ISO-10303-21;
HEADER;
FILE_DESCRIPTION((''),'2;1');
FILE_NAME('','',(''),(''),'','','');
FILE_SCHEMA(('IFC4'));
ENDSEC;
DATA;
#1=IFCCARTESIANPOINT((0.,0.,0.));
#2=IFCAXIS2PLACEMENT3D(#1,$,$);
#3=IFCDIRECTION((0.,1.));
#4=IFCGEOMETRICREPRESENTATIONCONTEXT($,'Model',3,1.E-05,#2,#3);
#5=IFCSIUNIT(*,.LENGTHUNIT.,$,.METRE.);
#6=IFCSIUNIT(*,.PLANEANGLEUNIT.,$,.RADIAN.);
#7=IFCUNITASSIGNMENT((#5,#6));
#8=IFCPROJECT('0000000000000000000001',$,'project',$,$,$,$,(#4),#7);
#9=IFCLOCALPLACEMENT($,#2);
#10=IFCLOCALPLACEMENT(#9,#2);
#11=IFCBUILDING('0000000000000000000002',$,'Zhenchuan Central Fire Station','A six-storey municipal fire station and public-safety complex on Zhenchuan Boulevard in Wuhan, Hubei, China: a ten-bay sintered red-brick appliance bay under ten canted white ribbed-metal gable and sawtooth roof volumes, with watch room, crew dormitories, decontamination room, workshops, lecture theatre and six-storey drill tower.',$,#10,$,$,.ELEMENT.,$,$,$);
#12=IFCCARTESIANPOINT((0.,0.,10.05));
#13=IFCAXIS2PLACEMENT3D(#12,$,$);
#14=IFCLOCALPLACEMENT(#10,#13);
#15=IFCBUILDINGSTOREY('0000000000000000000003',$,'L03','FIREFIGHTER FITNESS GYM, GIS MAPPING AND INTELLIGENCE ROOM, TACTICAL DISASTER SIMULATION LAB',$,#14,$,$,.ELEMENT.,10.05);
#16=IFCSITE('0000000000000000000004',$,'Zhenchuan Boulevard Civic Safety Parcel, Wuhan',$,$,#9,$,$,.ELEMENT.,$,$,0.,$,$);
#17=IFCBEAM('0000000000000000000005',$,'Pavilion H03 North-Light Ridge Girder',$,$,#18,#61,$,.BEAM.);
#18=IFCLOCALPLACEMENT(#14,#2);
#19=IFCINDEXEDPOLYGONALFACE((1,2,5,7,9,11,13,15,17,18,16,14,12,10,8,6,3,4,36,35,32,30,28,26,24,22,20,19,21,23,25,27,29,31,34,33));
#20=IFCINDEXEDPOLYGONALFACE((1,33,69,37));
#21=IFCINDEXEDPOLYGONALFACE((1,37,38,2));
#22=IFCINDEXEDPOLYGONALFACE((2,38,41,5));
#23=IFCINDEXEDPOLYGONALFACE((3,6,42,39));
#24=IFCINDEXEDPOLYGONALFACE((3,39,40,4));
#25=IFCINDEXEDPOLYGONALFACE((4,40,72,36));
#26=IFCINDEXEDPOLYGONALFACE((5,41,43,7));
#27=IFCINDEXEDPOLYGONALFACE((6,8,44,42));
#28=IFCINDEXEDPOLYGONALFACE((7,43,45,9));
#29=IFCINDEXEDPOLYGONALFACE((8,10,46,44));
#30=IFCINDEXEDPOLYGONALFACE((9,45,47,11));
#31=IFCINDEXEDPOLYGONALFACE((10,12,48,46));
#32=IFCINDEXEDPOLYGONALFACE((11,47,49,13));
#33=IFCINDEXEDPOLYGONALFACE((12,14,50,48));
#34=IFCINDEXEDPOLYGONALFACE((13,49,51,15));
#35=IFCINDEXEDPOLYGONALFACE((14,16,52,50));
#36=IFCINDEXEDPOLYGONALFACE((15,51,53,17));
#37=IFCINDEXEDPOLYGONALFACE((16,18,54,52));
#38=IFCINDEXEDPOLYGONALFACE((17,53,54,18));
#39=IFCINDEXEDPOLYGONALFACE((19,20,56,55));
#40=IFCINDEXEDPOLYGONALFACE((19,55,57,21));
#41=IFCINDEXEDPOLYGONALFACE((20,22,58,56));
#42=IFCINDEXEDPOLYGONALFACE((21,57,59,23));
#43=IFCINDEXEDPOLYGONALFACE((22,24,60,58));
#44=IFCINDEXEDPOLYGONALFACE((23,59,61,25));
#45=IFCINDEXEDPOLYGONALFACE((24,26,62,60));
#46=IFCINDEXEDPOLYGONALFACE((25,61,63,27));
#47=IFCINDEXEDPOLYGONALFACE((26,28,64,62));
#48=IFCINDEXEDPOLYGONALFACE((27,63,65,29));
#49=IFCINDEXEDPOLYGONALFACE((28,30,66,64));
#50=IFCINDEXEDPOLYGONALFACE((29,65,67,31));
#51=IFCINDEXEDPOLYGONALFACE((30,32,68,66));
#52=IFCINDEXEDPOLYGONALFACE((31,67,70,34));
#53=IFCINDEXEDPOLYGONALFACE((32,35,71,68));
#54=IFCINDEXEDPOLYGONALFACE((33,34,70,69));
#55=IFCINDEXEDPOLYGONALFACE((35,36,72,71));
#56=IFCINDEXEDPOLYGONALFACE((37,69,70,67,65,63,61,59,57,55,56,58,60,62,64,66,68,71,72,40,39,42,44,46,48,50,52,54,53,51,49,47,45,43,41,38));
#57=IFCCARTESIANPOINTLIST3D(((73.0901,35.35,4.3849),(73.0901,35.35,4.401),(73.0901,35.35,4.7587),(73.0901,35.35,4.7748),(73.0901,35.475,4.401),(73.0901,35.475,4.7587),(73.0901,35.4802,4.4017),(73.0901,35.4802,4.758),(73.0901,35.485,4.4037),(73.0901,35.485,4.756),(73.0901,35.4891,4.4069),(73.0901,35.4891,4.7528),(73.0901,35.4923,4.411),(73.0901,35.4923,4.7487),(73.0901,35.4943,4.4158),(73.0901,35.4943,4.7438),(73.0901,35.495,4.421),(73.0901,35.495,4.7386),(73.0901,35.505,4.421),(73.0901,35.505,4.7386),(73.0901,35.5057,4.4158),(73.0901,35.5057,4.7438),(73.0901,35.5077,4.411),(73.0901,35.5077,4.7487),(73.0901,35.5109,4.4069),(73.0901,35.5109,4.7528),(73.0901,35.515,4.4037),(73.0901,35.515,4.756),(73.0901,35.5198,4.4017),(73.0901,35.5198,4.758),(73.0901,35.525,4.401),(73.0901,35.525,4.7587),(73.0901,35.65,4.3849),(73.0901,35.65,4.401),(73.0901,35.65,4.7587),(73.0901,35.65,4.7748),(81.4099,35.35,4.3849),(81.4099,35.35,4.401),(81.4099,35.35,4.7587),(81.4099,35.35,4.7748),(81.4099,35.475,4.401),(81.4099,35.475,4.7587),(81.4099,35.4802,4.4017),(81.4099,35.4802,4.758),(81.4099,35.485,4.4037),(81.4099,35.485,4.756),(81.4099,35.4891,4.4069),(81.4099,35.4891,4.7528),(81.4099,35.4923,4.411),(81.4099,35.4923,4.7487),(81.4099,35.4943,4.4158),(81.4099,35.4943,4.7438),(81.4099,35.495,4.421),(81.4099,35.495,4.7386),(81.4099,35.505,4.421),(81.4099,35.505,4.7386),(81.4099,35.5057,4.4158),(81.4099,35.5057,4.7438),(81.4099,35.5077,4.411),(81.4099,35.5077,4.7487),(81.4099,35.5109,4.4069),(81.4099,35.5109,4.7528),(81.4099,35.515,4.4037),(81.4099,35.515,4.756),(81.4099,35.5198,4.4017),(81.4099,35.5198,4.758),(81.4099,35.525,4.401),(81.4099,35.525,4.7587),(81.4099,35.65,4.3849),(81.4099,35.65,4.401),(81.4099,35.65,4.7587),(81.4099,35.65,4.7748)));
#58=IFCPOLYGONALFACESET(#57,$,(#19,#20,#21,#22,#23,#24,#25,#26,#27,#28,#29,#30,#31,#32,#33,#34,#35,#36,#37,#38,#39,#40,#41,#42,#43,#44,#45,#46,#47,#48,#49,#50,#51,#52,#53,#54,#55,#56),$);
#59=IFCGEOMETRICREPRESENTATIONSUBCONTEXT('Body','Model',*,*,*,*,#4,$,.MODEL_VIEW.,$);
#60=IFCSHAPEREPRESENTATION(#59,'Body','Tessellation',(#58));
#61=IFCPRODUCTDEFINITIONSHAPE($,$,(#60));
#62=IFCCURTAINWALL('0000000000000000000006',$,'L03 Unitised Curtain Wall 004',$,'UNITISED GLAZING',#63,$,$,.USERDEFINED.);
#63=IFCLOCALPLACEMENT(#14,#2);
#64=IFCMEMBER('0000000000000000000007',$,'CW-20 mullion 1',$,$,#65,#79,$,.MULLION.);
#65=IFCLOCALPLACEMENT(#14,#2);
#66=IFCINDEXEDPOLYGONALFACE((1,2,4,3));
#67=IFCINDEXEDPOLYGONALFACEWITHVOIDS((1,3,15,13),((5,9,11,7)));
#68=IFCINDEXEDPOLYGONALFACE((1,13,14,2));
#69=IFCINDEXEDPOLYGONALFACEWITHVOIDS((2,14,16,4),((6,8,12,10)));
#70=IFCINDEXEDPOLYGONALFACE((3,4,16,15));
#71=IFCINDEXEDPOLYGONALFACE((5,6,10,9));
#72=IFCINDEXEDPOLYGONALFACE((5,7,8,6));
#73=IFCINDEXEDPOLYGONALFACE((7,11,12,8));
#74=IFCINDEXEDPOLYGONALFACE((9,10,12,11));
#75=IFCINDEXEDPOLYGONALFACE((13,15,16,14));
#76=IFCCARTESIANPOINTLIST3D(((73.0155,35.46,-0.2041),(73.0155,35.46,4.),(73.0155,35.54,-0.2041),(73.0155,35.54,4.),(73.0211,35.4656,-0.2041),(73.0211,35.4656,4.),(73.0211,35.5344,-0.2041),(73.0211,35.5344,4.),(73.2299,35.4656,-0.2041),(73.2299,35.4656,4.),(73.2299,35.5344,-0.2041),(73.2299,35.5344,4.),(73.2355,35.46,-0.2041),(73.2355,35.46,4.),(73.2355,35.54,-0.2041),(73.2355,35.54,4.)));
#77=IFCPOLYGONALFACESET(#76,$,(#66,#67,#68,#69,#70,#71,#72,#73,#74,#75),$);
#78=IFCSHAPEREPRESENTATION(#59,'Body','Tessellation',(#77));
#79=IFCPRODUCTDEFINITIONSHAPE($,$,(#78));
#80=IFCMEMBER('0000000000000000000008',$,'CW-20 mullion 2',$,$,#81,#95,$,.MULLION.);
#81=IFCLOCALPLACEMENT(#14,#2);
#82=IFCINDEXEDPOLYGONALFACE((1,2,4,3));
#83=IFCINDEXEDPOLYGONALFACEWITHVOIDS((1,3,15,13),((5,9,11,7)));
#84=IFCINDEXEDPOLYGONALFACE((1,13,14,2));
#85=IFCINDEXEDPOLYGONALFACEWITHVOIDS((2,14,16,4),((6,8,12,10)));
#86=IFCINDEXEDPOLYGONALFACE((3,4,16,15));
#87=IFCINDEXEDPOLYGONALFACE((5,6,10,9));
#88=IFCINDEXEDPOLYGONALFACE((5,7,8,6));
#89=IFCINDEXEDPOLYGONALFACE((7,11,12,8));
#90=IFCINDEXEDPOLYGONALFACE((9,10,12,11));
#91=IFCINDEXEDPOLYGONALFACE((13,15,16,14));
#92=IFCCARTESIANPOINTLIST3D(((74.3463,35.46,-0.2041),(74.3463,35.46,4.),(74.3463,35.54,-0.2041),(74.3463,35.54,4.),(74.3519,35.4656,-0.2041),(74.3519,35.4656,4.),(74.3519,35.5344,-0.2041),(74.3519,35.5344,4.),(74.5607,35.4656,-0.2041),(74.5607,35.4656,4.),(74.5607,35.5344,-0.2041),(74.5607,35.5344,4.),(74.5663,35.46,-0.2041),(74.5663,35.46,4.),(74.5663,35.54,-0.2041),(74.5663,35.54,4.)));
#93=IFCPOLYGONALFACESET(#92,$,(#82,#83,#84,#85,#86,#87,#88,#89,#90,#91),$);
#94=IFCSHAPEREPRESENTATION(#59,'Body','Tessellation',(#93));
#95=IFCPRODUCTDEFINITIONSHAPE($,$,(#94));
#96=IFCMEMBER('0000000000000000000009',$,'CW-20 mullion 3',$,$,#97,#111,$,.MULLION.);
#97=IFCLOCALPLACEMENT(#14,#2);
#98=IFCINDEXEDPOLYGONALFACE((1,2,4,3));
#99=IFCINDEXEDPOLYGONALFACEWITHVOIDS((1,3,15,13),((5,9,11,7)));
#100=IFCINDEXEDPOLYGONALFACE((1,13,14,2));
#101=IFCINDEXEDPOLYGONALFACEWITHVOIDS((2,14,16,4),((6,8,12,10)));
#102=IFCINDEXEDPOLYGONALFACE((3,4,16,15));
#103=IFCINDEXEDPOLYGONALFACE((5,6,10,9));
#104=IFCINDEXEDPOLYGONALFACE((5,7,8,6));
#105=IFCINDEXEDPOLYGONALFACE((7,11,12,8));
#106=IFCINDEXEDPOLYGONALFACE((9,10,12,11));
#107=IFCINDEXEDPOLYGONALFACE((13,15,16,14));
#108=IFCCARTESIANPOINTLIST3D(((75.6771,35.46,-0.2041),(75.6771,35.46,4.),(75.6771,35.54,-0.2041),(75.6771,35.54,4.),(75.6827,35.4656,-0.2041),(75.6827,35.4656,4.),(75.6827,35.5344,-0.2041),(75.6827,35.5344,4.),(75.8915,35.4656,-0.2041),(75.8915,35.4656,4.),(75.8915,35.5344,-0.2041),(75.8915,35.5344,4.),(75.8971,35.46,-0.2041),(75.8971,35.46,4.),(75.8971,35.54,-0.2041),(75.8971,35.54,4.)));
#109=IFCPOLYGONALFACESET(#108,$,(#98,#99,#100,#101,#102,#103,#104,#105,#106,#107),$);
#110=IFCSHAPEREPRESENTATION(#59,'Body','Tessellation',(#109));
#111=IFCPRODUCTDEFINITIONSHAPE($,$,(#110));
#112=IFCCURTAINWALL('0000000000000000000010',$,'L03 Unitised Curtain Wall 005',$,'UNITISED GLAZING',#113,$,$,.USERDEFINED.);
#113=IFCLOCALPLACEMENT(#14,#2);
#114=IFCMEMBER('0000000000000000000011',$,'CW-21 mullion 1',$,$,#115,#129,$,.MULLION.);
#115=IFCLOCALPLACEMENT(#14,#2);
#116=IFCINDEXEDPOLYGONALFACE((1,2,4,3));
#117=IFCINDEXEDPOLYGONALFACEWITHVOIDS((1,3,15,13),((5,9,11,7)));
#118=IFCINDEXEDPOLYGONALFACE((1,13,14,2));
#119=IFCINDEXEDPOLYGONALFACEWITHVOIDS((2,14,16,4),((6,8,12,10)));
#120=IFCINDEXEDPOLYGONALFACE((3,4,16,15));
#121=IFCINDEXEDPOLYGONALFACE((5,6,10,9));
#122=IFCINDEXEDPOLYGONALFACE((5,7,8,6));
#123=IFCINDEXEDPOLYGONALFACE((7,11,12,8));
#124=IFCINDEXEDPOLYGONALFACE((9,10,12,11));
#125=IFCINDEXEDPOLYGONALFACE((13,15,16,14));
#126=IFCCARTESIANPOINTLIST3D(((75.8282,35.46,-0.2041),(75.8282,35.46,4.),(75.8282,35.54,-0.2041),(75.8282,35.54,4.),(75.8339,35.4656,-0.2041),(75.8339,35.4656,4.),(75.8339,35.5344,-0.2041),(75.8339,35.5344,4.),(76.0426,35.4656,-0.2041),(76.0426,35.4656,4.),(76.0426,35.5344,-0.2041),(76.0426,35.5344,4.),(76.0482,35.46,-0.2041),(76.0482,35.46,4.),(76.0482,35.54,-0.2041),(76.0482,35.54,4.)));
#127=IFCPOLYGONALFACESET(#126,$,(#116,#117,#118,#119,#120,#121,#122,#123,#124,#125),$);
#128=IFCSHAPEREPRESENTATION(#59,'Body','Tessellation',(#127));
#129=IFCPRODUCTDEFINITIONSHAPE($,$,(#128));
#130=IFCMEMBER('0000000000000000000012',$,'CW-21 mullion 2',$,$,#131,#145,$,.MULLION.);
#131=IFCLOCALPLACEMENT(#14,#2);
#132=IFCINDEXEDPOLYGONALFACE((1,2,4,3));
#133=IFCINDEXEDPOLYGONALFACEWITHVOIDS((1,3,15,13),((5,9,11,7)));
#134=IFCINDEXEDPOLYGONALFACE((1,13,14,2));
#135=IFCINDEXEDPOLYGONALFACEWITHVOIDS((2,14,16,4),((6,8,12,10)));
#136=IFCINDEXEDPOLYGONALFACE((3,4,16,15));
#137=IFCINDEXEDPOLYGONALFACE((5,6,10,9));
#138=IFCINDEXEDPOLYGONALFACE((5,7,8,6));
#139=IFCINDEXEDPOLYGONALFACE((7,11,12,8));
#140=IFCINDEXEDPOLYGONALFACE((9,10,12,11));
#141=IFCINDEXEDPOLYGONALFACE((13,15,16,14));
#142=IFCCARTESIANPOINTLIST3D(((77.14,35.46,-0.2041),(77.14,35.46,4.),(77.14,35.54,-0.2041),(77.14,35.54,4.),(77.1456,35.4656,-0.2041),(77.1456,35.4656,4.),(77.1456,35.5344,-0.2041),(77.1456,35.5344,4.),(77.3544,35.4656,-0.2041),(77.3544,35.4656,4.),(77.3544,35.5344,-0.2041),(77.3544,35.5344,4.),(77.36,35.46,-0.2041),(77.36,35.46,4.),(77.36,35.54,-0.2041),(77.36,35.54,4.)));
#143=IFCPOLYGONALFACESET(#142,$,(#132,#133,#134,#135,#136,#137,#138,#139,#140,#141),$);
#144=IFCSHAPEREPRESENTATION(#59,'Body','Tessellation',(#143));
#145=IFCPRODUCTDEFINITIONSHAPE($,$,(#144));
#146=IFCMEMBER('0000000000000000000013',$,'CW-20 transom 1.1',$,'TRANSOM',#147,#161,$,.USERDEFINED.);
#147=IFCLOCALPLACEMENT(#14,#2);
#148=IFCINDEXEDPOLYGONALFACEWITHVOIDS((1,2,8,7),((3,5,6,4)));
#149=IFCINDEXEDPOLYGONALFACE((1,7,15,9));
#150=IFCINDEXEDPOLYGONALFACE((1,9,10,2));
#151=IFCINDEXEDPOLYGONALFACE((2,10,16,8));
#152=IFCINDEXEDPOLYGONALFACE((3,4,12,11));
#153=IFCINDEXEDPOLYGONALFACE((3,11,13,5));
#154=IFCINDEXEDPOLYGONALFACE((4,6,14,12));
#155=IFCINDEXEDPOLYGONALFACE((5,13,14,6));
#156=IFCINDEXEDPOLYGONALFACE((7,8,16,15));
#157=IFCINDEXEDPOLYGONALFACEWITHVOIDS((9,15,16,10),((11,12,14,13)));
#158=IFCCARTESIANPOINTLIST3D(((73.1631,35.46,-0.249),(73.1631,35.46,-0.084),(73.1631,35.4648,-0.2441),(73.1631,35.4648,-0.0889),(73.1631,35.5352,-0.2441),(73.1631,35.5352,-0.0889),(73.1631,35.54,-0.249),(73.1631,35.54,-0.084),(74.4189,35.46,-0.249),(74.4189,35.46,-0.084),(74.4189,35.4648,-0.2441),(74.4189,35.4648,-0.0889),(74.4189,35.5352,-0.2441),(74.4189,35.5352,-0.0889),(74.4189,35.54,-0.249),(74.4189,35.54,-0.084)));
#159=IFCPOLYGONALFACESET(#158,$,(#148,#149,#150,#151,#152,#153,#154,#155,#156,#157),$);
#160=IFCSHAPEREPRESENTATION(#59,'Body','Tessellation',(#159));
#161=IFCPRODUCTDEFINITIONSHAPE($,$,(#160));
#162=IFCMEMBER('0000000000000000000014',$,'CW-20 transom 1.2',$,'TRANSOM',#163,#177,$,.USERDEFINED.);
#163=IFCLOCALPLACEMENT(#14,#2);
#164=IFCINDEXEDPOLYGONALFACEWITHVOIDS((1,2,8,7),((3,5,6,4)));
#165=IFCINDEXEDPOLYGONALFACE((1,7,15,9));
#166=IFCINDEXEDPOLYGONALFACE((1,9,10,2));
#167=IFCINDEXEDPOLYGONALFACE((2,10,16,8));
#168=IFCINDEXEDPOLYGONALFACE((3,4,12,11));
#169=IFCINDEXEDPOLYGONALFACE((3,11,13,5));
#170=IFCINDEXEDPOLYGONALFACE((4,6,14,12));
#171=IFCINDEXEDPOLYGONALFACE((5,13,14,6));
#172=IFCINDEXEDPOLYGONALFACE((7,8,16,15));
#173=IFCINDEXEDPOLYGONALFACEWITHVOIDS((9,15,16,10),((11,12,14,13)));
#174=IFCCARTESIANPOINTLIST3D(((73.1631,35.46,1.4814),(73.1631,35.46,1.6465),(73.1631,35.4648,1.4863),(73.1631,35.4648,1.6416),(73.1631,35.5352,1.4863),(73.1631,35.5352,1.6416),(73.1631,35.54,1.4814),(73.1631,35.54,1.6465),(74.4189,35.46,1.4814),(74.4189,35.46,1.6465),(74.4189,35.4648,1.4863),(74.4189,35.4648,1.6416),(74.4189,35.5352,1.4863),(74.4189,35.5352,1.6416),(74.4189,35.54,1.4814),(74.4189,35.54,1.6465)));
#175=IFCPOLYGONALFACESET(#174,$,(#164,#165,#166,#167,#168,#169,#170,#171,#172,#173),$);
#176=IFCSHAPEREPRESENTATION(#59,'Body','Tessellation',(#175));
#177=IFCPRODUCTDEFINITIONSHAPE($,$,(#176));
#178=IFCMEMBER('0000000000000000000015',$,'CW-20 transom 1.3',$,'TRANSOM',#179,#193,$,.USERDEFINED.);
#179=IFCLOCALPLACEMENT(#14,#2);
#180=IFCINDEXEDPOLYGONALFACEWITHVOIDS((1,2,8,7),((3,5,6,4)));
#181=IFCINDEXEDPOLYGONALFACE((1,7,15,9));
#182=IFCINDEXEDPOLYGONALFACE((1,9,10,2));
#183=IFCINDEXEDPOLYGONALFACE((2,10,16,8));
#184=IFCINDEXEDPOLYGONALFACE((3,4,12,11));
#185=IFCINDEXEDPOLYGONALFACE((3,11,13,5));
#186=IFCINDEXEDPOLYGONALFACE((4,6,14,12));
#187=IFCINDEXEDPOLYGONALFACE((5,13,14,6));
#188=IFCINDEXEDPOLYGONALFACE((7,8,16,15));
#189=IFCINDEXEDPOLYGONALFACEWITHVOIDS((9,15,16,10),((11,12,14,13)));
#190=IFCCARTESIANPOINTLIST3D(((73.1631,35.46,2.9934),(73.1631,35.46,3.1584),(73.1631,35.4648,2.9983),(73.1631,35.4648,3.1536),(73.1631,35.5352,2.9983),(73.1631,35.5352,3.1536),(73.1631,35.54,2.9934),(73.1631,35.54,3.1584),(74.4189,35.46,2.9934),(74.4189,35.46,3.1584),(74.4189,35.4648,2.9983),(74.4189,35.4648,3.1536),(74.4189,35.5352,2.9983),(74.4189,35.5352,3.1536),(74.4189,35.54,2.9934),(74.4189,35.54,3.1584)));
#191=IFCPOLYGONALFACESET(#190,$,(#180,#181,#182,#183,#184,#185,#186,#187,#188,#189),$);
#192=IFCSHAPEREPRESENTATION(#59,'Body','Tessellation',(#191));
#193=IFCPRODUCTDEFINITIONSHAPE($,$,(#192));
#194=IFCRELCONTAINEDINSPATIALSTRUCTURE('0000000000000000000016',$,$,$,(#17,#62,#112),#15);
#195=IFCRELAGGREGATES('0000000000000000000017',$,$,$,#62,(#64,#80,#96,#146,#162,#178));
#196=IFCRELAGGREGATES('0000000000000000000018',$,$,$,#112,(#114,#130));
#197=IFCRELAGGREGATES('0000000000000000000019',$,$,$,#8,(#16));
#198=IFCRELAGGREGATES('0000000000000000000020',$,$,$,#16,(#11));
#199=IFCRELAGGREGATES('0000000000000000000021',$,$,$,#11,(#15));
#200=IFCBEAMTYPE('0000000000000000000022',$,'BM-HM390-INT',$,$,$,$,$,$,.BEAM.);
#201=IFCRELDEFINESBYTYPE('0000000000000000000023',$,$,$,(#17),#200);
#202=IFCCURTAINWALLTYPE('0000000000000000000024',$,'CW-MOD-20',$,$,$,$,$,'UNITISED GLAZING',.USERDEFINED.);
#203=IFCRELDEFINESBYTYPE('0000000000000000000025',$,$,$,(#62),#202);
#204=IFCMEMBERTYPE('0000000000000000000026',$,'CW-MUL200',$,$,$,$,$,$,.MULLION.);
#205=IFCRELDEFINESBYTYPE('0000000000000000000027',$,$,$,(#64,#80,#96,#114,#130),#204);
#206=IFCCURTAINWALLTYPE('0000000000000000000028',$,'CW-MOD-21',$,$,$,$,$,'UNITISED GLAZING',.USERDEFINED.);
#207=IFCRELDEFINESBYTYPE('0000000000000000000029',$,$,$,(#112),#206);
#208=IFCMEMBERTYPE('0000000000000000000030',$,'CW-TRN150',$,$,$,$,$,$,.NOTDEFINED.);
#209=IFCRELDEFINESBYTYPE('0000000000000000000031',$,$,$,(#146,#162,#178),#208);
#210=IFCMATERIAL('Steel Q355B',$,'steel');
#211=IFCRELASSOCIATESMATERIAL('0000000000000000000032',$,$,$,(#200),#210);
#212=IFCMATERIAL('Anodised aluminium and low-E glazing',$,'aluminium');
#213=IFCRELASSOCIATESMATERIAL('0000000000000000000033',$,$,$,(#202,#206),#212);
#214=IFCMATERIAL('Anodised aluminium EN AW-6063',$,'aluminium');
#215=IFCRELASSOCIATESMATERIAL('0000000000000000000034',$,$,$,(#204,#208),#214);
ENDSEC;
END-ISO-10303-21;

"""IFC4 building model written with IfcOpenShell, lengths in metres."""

from ifc_helpers import new_model, si_unit, direction, frame, origin, origin_2d, place, context, subcontext, project, spatial, hollow_rectangle, i_section, extrude, material, material_profile, profile_set, type_object, element, aggregate, save


model = new_model("IFC4")

# Units and contexts
model_context = context("Model", 3, precision=1e-05, world=origin(), true_north=direction((0.0, 1.0)))
body_context = subcontext(model_context, "Body", "Model", "MODEL_VIEW")
ifc_project = project(units=[si_unit("LENGTHUNIT", "METRE"), si_unit("PLANEANGLEUNIT", "RADIAN")], contexts=[model_context])

# Site, building, storey
site_placement = place(None, origin())
site = spatial("IfcSite", under=ifc_project, at=site_placement, Name="Zhenchuan Boulevard Civic Safety Parcel, Wuhan", CompositionType="ELEMENT", RefElevation=0.0)
building_placement = place(site_placement, origin())
building = spatial("IfcBuilding", under=site, at=building_placement, Name="Zhenchuan Central Fire Station", Description="A six-storey municipal fire station and public-safety complex on Zhenchuan Boulevard in Wuhan, Hubei, China: a ten-bay sintered red-brick appliance bay under ten canted white ribbed-metal gable and sawtooth roof volumes, with watch room, crew dormitories, decontamination room, workshops, lecture theatre and six-storey drill tower.", CompositionType="ELEMENT")
storey_placement = place(building_placement, frame((0.0, 0.0, 10.05)))
storey = spatial("IfcBuildingStorey", under=building, at=storey_placement, Name="L03", Description="FIREFIGHTER FITNESS GYM, GIS MAPPING AND INTELLIGENCE ROOM, TACTICAL DISASTER SIMULATION LAB", CompositionType="ELEMENT", Elevation=10.05)

# Beam
ifc_material_1 = material(Name="Steel Q355B", Category="steel")
ifc_material_profile_1 = material_profile(ifc_material_1, i_section(OverallWidth=0.3, OverallDepth=0.3899, WebThickness=0.01, FlangeThickness=0.0161, FilletRadius=0.02, at=origin_2d()), Name="HM 390x300")
ifc_profile_set_1 = profile_set([ifc_material_profile_1], Name="Steel Q355B")
beam_type = type_object("IfcBeamType", Name="BM-HM390-INT", PredefinedType="BEAM", material=ifc_profile_set_1)
beam_placement = place(storey_placement, frame((73.0901, 35.5, 4.5798), z_axis=(1.0, 0.0, 0.0), x_axis=(0.0, 1.0, 0.0)))
element("IfcBeam", 1, at=beam_placement, inside=storey, type_object=beam_type, Name="Pavilion H03 North-Light Ridge Girder", PredefinedType="BEAM", context=body_context, shape_type="SweptSolid", body=[
    extrude(i_section(OverallWidth=0.3, OverallDepth=0.3899, WebThickness=0.01, FlangeThickness=0.0161, FilletRadius=0.02, at=origin_2d()), origin(), (0.0, 0.0, 1.0), 8.3198),
])

# Curtain walls, members
ifc_material_2 = material(Name="Anodised aluminium and low-E glazing", Category="aluminium")
curtain_wall_type_1 = type_object("IfcCurtainWallType", Name="CW-MOD-20", ElementType="UNITISED GLAZING", PredefinedType="USERDEFINED", material=ifc_material_2)
curtain_wall_1_placement = place(storey_placement, origin())
curtain_wall_1 = element("IfcCurtainWall", 2, at=curtain_wall_1_placement, inside=storey, type_object=curtain_wall_type_1, Name="L03 Unitised Curtain Wall 004", ObjectType="UNITISED GLAZING", PredefinedType="USERDEFINED")
ifc_material_3 = material(Name="Anodised aluminium EN AW-6063", Category="aluminium")
ifc_material_profile_2 = material_profile(ifc_material_3, hollow_rectangle(XDim=0.0801, YDim=0.22, WallThickness=0.0056, at=origin_2d()), Name="ALU-M 220x80")
ifc_profile_set_2 = profile_set([ifc_material_profile_2], Name="Anodised aluminium EN AW-6063")
member_type_1 = type_object("IfcMemberType", Name="CW-MUL200", PredefinedType="MULLION", material=ifc_profile_set_2)
member_1_placement = place(storey_placement, frame((73.1255, 35.5, -0.2041), z_axis=(0.0, 0.0, 1.0), x_axis=(0.0, 1.0, 0.0)))
member_1 = element("IfcMember", 3, at=member_1_placement, type_object=member_type_1, Name="CW-20 mullion 1", PredefinedType="MULLION", context=body_context, shape_type="SweptSolid", body=[
    extrude(hollow_rectangle(XDim=0.0801, YDim=0.22, WallThickness=0.0056, at=origin_2d()), origin(), (0.0, 0.0, 1.0), 4.2041),
])
member_2_placement = place(storey_placement, frame((74.4563, 35.5, -0.2041), z_axis=(0.0, 0.0, 1.0), x_axis=(0.0, 1.0, 0.0)))
member_2 = element("IfcMember", 4, at=member_2_placement, type_object=member_type_1, Name="CW-20 mullion 2", PredefinedType="MULLION", context=body_context, shape_type="SweptSolid", body=[
    extrude(hollow_rectangle(XDim=0.0801, YDim=0.22, WallThickness=0.0056, at=origin_2d()), origin(), (0.0, 0.0, 1.0), 4.2041),
])
member_3_placement = place(storey_placement, frame((75.7871, 35.5, -0.2041), z_axis=(0.0, 0.0, 1.0), x_axis=(0.0, 1.0, 0.0)))
member_3 = element("IfcMember", 5, at=member_3_placement, type_object=member_type_1, Name="CW-20 mullion 3", PredefinedType="MULLION", context=body_context, shape_type="SweptSolid", body=[
    extrude(hollow_rectangle(XDim=0.0801, YDim=0.22, WallThickness=0.0056, at=origin_2d()), origin(), (0.0, 0.0, 1.0), 4.2041),
])
curtain_wall_type_2 = type_object("IfcCurtainWallType", Name="CW-MOD-21", ElementType="UNITISED GLAZING", PredefinedType="USERDEFINED", material=ifc_material_2)
curtain_wall_2_placement = place(storey_placement, origin())
curtain_wall_2 = element("IfcCurtainWall", 6, at=curtain_wall_2_placement, inside=storey, type_object=curtain_wall_type_2, Name="L03 Unitised Curtain Wall 005", ObjectType="UNITISED GLAZING", PredefinedType="USERDEFINED")
member_4_placement = place(storey_placement, frame((75.9382, 35.5, -0.2041), z_axis=(0.0, 0.0, 1.0), x_axis=(0.0, 1.0, 0.0)))
member_4 = element("IfcMember", 7, at=member_4_placement, type_object=member_type_1, Name="CW-21 mullion 1", PredefinedType="MULLION", context=body_context, shape_type="SweptSolid", body=[
    extrude(hollow_rectangle(XDim=0.0801, YDim=0.22, WallThickness=0.0056, at=origin_2d()), origin(), (0.0, 0.0, 1.0), 4.2041),
])
member_5_placement = place(storey_placement, frame((77.25, 35.5, -0.2041), z_axis=(0.0, 0.0, 1.0), x_axis=(0.0, 1.0, 0.0)))
member_5 = element("IfcMember", 8, at=member_5_placement, type_object=member_type_1, Name="CW-21 mullion 2", PredefinedType="MULLION", context=body_context, shape_type="SweptSolid", body=[
    extrude(hollow_rectangle(XDim=0.0801, YDim=0.22, WallThickness=0.0056, at=origin_2d()), origin(), (0.0, 0.0, 1.0), 4.2041),
])

# Members
ifc_material_profile_3 = material_profile(ifc_material_3, hollow_rectangle(XDim=0.0801, YDim=0.165, WallThickness=0.0049, at=origin_2d()), Name="ALU-T 165x80")
ifc_profile_set_3 = profile_set([ifc_material_profile_3], Name="Anodised aluminium EN AW-6063")
member_type_2 = type_object("IfcMemberType", Name="CW-TRN150", PredefinedType="NOTDEFINED", material=ifc_profile_set_3)
member_6_placement = place(storey_placement, frame((73.1631, 35.5, -0.1665), z_axis=(1.0, 0.0, 0.0), x_axis=(0.0, 1.0, 0.0)))
member_6 = element("IfcMember", 9, at=member_6_placement, type_object=member_type_2, Name="CW-20 transom 1.1", ObjectType="TRANSOM", PredefinedType="USERDEFINED", context=body_context, shape_type="SweptSolid", body=[
    extrude(hollow_rectangle(XDim=0.0801, YDim=0.165, WallThickness=0.0049, at=origin_2d()), origin(), (0.0, 0.0, 1.0), 1.2559),
])
member_7_placement = place(storey_placement, frame((73.1631, 35.5, 1.564), z_axis=(1.0, 0.0, 0.0), x_axis=(0.0, 1.0, 0.0)))
member_7 = element("IfcMember", 10, at=member_7_placement, type_object=member_type_2, Name="CW-20 transom 1.2", ObjectType="TRANSOM", PredefinedType="USERDEFINED", context=body_context, shape_type="SweptSolid", body=[
    extrude(hollow_rectangle(XDim=0.0801, YDim=0.165, WallThickness=0.0049, at=origin_2d()), origin(), (0.0, 0.0, 1.0), 1.2559),
])
member_8_placement = place(storey_placement, frame((73.1631, 35.5, 3.0759), z_axis=(1.0, 0.0, 0.0), x_axis=(0.0, 1.0, 0.0)))
member_8 = element("IfcMember", 11, at=member_8_placement, type_object=member_type_2, Name="CW-20 transom 1.3", ObjectType="TRANSOM", PredefinedType="USERDEFINED", context=body_context, shape_type="SweptSolid", body=[
    extrude(hollow_rectangle(XDim=0.0801, YDim=0.165, WallThickness=0.0049, at=origin_2d()), origin(), (0.0, 0.0, 1.0), 1.2559),
])

aggregate(curtain_wall_1, [member_1, member_2, member_3, member_6, member_7, member_8])
aggregate(curtain_wall_2, [member_4, member_5])

save(model, "model.ifc")
